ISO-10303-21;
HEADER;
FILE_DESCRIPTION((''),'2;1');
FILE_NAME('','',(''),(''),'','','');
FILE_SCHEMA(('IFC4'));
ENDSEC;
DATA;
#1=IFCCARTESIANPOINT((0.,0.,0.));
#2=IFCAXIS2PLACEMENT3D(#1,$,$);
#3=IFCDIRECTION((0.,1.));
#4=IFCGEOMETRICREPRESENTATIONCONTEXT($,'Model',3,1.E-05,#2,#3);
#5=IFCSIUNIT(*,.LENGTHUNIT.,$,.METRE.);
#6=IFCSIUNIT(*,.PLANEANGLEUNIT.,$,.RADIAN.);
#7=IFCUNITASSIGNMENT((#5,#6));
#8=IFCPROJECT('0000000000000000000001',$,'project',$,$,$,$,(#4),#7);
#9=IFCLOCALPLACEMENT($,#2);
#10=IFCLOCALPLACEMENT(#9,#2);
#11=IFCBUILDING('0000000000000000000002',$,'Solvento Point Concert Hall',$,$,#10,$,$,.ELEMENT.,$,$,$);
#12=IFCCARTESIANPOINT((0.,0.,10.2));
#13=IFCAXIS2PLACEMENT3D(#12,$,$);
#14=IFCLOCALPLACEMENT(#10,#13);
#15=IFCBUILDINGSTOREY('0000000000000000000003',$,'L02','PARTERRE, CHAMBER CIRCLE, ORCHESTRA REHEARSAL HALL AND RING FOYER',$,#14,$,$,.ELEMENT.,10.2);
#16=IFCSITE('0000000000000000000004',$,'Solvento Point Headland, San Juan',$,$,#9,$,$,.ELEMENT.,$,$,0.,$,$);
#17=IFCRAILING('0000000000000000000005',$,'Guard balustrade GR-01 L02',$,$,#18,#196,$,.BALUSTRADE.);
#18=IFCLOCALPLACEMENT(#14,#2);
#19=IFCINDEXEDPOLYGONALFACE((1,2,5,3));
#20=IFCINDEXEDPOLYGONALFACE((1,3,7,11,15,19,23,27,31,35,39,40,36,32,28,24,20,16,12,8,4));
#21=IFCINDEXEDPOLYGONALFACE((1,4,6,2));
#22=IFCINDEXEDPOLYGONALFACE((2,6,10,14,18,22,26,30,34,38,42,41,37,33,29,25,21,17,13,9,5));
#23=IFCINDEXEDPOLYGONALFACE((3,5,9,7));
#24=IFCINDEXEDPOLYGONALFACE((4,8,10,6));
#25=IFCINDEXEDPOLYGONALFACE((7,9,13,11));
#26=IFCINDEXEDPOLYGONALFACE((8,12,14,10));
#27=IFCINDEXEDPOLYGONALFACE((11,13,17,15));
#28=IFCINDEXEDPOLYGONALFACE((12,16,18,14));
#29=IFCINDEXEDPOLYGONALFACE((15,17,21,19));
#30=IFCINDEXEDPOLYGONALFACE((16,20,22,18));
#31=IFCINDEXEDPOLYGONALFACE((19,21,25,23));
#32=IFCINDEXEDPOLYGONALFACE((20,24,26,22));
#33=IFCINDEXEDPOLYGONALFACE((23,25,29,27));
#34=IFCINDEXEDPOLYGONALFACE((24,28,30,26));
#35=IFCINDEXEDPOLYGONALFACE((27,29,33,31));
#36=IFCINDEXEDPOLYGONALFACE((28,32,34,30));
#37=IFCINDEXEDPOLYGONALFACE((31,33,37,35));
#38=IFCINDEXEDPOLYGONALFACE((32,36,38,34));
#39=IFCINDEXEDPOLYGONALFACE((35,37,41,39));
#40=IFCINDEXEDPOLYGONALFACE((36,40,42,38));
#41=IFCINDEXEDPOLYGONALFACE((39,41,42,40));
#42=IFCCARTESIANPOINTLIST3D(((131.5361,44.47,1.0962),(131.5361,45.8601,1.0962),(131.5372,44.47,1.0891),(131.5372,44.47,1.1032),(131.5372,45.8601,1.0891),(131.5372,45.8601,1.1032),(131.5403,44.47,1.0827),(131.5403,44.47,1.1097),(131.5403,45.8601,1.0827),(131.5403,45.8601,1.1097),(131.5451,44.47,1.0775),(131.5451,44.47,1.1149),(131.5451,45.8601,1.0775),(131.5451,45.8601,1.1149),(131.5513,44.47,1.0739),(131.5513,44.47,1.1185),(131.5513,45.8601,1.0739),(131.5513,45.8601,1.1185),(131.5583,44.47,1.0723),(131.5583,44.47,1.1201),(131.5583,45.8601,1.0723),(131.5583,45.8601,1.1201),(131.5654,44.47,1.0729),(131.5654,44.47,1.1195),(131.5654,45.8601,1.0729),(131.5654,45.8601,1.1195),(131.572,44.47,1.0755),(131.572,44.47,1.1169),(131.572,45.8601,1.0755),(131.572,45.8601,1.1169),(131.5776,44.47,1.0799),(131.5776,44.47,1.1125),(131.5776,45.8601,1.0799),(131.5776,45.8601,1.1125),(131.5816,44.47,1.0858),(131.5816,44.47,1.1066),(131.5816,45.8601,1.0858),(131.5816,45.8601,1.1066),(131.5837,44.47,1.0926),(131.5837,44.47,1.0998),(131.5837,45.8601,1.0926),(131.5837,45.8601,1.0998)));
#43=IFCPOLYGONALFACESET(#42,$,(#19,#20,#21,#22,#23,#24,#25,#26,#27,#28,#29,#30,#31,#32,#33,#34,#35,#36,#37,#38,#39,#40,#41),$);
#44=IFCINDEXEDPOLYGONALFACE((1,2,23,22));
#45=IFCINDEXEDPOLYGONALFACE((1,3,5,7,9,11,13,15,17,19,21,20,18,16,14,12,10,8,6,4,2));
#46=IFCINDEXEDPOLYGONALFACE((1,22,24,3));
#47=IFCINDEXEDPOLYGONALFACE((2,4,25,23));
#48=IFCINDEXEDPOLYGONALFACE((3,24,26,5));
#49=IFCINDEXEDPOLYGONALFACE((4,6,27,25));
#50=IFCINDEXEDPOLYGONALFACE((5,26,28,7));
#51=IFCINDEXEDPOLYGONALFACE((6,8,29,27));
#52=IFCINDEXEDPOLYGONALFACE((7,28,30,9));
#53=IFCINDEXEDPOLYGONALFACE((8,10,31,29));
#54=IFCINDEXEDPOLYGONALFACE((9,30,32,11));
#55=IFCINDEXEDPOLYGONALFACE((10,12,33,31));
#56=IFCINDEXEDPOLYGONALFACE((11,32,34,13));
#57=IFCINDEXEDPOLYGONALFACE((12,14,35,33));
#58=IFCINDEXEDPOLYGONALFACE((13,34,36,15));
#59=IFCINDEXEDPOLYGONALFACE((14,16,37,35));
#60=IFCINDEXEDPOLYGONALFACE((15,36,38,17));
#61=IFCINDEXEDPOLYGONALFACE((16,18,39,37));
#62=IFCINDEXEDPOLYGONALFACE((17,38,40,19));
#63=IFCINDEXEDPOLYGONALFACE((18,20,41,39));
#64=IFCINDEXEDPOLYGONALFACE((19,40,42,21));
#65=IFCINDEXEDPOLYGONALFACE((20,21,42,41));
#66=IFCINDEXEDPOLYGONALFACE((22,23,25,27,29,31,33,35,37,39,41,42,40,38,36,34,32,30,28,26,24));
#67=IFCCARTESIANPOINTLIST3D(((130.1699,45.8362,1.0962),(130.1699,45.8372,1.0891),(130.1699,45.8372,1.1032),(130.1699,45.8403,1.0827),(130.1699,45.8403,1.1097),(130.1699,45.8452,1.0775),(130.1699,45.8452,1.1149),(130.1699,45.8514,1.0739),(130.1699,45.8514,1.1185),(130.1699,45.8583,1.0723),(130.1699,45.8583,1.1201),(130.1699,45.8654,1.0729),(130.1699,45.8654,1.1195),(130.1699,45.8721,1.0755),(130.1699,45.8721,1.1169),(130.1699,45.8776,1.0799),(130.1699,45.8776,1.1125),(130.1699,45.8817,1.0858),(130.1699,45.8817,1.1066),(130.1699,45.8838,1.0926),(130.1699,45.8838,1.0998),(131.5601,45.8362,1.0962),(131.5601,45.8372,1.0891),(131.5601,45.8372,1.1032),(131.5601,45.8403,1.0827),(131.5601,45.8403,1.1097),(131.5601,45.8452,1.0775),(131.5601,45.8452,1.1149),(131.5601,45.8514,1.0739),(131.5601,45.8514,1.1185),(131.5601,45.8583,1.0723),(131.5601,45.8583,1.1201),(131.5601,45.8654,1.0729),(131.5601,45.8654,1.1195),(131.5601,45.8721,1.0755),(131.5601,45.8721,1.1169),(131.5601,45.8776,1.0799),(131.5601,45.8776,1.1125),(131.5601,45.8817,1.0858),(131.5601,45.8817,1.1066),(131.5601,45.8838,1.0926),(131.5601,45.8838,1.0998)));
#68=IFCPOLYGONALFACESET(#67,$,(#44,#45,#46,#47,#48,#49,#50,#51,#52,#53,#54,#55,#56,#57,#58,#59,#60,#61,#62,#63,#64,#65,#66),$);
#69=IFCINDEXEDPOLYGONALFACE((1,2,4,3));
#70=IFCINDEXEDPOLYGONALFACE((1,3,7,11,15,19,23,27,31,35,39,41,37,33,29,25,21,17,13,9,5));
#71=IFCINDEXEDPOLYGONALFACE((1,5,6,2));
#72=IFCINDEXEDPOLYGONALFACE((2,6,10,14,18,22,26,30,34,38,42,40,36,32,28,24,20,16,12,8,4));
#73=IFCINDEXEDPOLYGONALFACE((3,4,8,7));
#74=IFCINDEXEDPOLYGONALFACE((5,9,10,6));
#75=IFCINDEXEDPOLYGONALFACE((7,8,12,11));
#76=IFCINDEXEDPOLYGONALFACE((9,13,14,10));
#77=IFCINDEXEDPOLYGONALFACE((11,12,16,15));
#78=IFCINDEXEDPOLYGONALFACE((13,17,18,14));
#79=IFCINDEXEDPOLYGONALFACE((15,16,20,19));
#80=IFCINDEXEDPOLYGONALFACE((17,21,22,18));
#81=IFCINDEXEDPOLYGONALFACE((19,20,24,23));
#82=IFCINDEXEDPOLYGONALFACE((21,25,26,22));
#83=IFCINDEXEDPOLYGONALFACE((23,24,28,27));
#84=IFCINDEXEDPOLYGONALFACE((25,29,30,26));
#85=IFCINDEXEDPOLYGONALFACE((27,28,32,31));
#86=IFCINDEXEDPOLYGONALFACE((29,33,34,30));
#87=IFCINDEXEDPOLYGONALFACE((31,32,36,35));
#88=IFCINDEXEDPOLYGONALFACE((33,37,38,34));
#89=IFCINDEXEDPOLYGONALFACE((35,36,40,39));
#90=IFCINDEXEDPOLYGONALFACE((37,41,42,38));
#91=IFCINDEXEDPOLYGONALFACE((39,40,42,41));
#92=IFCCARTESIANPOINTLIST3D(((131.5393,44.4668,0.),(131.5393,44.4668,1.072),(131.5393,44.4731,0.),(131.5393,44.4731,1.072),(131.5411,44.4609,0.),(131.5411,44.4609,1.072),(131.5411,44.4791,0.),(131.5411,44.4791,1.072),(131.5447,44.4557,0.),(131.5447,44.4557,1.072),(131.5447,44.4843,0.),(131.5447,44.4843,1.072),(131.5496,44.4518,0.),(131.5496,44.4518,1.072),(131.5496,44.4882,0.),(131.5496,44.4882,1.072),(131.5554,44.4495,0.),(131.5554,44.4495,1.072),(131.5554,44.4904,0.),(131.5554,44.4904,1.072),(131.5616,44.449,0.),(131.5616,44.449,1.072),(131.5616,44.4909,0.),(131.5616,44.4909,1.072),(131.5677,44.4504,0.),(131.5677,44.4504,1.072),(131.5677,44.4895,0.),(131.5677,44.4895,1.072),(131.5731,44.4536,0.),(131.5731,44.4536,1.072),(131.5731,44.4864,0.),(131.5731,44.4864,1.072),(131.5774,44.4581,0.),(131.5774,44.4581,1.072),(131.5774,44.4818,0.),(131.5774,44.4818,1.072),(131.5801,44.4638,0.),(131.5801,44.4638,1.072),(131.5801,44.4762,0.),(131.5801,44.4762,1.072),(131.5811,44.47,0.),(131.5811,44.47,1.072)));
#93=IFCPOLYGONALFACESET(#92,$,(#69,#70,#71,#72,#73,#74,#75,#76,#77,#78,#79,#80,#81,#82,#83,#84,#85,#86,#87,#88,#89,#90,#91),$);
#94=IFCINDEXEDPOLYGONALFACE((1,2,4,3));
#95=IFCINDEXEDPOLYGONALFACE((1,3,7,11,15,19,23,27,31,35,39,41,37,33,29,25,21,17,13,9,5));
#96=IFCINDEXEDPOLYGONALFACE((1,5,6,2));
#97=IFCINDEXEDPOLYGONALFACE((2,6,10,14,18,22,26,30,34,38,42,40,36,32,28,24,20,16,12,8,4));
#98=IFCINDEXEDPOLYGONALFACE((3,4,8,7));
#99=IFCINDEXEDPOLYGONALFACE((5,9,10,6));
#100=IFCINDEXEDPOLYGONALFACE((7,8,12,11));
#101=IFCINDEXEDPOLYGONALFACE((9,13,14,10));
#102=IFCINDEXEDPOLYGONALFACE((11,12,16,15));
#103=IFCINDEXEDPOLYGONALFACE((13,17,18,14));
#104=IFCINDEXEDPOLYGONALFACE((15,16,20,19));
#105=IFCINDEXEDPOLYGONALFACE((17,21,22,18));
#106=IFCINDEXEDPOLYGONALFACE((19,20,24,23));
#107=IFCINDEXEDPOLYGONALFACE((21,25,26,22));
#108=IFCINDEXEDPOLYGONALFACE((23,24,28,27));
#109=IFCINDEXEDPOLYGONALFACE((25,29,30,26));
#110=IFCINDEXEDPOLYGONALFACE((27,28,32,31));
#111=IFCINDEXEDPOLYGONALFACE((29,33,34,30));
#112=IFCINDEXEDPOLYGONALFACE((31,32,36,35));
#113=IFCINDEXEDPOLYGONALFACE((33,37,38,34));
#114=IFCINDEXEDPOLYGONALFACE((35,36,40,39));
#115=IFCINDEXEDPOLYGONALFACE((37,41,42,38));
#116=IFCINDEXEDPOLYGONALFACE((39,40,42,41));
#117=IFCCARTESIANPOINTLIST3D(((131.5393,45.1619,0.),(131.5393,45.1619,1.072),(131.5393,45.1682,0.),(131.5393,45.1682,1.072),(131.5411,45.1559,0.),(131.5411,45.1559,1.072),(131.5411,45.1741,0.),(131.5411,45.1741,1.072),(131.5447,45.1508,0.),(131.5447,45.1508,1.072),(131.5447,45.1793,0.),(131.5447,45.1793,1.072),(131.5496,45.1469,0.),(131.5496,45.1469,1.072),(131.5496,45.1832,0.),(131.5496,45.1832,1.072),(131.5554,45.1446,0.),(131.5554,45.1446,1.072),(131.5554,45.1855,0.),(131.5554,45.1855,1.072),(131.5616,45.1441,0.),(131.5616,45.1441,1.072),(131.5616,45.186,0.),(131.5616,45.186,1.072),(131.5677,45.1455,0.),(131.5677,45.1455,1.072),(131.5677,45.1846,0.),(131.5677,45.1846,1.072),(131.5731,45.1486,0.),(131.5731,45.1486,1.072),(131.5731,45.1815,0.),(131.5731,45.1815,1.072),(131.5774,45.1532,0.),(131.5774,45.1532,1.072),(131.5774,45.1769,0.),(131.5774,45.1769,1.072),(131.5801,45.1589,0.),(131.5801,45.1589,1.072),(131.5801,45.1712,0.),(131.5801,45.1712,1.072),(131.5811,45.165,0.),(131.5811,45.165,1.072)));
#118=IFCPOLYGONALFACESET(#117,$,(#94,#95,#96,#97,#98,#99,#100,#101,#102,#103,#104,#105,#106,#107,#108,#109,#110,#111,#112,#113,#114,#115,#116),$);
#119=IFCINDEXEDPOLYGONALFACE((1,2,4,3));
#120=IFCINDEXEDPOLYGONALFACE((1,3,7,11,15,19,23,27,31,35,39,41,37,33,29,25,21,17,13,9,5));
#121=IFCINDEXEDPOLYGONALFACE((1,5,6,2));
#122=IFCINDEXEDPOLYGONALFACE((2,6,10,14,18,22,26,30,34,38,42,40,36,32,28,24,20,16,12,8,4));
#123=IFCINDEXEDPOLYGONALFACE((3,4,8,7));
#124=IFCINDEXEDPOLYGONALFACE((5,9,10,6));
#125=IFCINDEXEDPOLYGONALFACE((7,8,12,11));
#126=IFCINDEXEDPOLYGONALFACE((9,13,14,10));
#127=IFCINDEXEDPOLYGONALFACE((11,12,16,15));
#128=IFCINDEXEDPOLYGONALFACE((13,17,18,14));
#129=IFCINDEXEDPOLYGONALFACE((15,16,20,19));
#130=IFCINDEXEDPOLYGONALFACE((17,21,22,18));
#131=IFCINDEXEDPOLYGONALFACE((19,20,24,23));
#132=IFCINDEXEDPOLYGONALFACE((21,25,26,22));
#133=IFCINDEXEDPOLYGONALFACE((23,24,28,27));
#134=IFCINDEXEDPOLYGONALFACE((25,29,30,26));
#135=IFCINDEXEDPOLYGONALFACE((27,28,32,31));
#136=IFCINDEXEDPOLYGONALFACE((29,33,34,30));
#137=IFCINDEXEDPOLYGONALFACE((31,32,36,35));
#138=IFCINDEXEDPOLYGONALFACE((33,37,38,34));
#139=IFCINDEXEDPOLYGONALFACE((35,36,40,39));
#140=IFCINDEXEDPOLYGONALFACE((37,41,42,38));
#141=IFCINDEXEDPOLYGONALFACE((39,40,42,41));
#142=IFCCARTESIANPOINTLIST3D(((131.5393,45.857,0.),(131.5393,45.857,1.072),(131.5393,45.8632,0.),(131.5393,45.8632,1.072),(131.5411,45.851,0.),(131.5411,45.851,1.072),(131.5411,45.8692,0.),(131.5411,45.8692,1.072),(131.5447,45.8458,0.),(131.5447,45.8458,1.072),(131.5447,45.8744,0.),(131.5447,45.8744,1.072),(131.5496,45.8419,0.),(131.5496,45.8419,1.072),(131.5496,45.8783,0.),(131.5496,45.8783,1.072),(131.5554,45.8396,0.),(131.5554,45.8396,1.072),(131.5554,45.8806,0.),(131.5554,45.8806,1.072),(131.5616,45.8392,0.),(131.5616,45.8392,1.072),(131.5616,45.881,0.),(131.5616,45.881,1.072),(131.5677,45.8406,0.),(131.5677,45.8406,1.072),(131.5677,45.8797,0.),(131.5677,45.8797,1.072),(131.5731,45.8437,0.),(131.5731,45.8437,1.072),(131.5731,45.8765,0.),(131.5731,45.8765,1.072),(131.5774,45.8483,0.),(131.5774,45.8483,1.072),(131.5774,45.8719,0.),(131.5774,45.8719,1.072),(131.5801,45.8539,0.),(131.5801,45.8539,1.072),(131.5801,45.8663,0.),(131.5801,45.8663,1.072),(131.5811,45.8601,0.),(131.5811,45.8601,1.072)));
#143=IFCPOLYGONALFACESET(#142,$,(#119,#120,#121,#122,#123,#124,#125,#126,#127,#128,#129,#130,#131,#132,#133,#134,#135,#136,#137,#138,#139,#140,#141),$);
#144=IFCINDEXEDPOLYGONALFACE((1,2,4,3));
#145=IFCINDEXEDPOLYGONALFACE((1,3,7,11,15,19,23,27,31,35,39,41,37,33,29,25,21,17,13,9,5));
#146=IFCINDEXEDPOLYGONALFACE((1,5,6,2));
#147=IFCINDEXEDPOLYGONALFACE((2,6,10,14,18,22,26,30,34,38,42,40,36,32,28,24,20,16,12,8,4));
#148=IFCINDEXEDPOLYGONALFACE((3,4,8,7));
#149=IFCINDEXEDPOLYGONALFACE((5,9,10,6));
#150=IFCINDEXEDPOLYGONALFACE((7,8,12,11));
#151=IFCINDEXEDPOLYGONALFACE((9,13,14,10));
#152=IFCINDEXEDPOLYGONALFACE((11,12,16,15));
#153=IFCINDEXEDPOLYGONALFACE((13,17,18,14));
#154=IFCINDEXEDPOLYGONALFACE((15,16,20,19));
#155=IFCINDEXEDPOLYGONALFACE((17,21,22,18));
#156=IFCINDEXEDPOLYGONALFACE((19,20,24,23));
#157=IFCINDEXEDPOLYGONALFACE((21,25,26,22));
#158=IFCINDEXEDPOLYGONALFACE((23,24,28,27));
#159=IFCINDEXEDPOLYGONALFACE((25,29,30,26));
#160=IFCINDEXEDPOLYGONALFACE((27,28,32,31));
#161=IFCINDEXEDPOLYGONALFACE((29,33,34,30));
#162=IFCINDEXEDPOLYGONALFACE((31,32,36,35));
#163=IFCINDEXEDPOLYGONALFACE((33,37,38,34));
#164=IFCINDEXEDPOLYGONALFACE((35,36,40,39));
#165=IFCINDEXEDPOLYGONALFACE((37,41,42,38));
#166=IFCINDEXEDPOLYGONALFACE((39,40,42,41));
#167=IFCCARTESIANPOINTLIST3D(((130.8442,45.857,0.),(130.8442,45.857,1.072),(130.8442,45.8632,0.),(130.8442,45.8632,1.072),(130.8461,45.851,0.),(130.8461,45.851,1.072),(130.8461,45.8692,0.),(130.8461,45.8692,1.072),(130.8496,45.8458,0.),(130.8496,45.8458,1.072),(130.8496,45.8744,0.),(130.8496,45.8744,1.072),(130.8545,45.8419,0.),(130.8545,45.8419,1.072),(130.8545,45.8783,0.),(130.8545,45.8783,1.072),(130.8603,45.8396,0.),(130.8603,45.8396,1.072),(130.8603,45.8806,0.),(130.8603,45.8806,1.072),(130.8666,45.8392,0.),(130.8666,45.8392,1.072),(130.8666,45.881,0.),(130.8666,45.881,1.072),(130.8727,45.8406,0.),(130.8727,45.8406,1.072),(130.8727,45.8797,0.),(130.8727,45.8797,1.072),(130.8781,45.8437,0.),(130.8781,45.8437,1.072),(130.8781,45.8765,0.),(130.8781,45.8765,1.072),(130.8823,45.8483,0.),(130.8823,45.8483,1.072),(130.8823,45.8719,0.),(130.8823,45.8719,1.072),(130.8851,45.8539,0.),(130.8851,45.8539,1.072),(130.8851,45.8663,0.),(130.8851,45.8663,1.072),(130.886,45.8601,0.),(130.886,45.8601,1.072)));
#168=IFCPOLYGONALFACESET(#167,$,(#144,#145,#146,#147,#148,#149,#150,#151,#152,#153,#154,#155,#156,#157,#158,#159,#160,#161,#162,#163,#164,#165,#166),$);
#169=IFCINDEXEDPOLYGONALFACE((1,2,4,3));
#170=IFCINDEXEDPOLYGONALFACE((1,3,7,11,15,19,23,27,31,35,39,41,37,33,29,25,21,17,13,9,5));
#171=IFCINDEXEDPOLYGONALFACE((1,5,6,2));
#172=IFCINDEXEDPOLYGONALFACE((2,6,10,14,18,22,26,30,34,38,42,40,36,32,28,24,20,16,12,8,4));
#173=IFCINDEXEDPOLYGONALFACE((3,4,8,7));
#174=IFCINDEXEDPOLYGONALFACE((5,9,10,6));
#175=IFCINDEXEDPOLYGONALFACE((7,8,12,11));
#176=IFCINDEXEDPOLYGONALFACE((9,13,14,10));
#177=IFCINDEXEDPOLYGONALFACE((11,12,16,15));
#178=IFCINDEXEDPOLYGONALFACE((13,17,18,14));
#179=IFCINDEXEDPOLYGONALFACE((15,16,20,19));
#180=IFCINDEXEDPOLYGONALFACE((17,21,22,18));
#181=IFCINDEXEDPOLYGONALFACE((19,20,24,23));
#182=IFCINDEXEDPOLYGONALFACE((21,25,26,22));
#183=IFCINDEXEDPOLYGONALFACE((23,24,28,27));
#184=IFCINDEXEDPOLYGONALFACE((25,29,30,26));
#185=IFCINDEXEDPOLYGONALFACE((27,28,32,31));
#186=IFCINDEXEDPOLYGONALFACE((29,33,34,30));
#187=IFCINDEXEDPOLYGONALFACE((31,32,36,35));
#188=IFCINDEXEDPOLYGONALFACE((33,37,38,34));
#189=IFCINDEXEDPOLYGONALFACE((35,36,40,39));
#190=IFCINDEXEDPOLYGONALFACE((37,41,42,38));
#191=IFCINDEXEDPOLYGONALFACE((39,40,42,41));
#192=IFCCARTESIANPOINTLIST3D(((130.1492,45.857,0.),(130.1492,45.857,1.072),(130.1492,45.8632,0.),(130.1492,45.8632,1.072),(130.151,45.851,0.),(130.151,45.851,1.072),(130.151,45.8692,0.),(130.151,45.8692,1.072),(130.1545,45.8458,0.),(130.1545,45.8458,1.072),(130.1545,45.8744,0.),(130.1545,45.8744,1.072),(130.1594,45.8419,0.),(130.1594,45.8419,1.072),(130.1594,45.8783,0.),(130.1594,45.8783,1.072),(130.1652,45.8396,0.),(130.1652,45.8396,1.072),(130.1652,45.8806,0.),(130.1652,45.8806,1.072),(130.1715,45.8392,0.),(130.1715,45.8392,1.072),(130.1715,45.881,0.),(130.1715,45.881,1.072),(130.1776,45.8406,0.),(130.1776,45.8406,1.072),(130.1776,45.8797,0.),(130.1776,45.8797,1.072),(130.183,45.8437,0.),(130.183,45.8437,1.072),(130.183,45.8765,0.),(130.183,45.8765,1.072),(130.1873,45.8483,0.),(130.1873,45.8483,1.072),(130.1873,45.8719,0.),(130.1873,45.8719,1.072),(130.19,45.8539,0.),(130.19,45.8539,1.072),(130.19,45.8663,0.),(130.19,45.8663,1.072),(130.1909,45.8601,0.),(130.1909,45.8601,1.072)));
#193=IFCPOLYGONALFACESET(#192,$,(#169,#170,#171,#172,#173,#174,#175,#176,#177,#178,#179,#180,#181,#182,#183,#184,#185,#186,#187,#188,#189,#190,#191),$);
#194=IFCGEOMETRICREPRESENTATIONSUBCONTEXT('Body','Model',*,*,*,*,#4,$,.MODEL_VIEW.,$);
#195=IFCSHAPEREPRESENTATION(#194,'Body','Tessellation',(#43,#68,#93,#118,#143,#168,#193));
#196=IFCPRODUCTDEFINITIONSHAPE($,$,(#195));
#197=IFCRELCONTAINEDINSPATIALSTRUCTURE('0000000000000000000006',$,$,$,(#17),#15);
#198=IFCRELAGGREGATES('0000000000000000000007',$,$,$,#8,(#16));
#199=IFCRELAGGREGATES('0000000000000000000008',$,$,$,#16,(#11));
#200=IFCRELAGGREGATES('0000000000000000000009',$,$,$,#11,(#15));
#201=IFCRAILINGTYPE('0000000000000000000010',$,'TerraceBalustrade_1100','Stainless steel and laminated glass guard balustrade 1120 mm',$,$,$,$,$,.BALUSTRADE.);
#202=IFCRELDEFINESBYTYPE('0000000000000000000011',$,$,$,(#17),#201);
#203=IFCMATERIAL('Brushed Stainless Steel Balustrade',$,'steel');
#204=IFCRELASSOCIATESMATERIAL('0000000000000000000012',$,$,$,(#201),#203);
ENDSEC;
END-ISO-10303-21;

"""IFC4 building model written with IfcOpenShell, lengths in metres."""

from ifc_helpers import new_model, si_unit, direction, frame, origin, origin_2d, place, context, subcontext, project, spatial, circle, extrude, material, type_object, element, save


model = new_model("IFC4")

# Units and contexts
model_context = context("Model", 3, precision=1e-05, world=origin(), true_north=direction((0.0, 1.0)))
body_context = subcontext(model_context, "Body", "Model", "MODEL_VIEW")
ifc_project = project(units=[si_unit("LENGTHUNIT", "METRE"), si_unit("PLANEANGLEUNIT", "RADIAN")], contexts=[model_context])

# Site, building, storey
site_placement = place(None, origin())
site = spatial("IfcSite", under=ifc_project, at=site_placement, Name="Solvento Point Headland, San Juan", CompositionType="ELEMENT", RefElevation=0.0)
building_placement = place(site_placement, origin())
building = spatial("IfcBuilding", under=site, at=building_placement, Name="Solvento Point Concert Hall", CompositionType="ELEMENT")
storey_placement = place(building_placement, frame((0.0, 0.0, 10.2)))
storey = spatial("IfcBuildingStorey", under=building, at=storey_placement, Name="L02", Description="PARTERRE, CHAMBER CIRCLE, ORCHESTRA REHEARSAL HALL AND RING FOYER", CompositionType="ELEMENT", Elevation=10.2)

# Railing
ifc_material_1 = material(Name="Brushed Stainless Steel Balustrade", Category="steel")
railing_type = type_object("IfcRailingType", Name="TerraceBalustrade_1100", Description="Stainless steel and laminated glass guard balustrade 1120 mm", PredefinedType="BALUSTRADE", material=ifc_material_1)
railing_1_placement = place(storey_placement, frame((131.5601, 44.47, 0.0)))
element("IfcRailing", 1, at=railing_1_placement, inside=storey, type_object=railing_type, Name="Guard balustrade GR-01 L02", PredefinedType="BALUSTRADE", context=body_context, shape_type="SweptSolid", body=[
    extrude(circle(Radius=0.0239, at=origin_2d()), frame((0.0, 0.0, 1.0962), z_axis=(0.0, 1.0, 0.0), x_axis=(-1.0, 0.0, 0.0)), (0.0, 0.0, 1.0), 1.3901),
    extrude(circle(Radius=0.0239, at=origin_2d()), frame((0.0, 1.3901, 1.0962), z_axis=(-1.0, 0.0, 0.0), x_axis=(0.0, -1.0, 0.0)), (0.0, 0.0, 1.0), 1.3901),
    extrude(circle(Radius=0.021, at=origin_2d()), origin(), (0.0, 0.0, 1.0), 1.072),
    extrude(circle(Radius=0.021, at=origin_2d()), frame((0.0, 0.6951, 0.0)), (0.0, 0.0, 1.0), 1.072),
    extrude(circle(Radius=0.021, at=origin_2d()), frame((0.0, 1.3901, 0.0)), (0.0, 0.0, 1.0), 1.072),
    extrude(circle(Radius=0.021, at=origin_2d()), frame((-0.6951, 1.3901, 0.0)), (0.0, 0.0, 1.0), 1.072),
    extrude(circle(Radius=0.021, at=origin_2d()), frame((-1.3901, 1.3901, 0.0)), (0.0, 0.0, 1.0), 1.072),
])

save(model, "model.ifc")
